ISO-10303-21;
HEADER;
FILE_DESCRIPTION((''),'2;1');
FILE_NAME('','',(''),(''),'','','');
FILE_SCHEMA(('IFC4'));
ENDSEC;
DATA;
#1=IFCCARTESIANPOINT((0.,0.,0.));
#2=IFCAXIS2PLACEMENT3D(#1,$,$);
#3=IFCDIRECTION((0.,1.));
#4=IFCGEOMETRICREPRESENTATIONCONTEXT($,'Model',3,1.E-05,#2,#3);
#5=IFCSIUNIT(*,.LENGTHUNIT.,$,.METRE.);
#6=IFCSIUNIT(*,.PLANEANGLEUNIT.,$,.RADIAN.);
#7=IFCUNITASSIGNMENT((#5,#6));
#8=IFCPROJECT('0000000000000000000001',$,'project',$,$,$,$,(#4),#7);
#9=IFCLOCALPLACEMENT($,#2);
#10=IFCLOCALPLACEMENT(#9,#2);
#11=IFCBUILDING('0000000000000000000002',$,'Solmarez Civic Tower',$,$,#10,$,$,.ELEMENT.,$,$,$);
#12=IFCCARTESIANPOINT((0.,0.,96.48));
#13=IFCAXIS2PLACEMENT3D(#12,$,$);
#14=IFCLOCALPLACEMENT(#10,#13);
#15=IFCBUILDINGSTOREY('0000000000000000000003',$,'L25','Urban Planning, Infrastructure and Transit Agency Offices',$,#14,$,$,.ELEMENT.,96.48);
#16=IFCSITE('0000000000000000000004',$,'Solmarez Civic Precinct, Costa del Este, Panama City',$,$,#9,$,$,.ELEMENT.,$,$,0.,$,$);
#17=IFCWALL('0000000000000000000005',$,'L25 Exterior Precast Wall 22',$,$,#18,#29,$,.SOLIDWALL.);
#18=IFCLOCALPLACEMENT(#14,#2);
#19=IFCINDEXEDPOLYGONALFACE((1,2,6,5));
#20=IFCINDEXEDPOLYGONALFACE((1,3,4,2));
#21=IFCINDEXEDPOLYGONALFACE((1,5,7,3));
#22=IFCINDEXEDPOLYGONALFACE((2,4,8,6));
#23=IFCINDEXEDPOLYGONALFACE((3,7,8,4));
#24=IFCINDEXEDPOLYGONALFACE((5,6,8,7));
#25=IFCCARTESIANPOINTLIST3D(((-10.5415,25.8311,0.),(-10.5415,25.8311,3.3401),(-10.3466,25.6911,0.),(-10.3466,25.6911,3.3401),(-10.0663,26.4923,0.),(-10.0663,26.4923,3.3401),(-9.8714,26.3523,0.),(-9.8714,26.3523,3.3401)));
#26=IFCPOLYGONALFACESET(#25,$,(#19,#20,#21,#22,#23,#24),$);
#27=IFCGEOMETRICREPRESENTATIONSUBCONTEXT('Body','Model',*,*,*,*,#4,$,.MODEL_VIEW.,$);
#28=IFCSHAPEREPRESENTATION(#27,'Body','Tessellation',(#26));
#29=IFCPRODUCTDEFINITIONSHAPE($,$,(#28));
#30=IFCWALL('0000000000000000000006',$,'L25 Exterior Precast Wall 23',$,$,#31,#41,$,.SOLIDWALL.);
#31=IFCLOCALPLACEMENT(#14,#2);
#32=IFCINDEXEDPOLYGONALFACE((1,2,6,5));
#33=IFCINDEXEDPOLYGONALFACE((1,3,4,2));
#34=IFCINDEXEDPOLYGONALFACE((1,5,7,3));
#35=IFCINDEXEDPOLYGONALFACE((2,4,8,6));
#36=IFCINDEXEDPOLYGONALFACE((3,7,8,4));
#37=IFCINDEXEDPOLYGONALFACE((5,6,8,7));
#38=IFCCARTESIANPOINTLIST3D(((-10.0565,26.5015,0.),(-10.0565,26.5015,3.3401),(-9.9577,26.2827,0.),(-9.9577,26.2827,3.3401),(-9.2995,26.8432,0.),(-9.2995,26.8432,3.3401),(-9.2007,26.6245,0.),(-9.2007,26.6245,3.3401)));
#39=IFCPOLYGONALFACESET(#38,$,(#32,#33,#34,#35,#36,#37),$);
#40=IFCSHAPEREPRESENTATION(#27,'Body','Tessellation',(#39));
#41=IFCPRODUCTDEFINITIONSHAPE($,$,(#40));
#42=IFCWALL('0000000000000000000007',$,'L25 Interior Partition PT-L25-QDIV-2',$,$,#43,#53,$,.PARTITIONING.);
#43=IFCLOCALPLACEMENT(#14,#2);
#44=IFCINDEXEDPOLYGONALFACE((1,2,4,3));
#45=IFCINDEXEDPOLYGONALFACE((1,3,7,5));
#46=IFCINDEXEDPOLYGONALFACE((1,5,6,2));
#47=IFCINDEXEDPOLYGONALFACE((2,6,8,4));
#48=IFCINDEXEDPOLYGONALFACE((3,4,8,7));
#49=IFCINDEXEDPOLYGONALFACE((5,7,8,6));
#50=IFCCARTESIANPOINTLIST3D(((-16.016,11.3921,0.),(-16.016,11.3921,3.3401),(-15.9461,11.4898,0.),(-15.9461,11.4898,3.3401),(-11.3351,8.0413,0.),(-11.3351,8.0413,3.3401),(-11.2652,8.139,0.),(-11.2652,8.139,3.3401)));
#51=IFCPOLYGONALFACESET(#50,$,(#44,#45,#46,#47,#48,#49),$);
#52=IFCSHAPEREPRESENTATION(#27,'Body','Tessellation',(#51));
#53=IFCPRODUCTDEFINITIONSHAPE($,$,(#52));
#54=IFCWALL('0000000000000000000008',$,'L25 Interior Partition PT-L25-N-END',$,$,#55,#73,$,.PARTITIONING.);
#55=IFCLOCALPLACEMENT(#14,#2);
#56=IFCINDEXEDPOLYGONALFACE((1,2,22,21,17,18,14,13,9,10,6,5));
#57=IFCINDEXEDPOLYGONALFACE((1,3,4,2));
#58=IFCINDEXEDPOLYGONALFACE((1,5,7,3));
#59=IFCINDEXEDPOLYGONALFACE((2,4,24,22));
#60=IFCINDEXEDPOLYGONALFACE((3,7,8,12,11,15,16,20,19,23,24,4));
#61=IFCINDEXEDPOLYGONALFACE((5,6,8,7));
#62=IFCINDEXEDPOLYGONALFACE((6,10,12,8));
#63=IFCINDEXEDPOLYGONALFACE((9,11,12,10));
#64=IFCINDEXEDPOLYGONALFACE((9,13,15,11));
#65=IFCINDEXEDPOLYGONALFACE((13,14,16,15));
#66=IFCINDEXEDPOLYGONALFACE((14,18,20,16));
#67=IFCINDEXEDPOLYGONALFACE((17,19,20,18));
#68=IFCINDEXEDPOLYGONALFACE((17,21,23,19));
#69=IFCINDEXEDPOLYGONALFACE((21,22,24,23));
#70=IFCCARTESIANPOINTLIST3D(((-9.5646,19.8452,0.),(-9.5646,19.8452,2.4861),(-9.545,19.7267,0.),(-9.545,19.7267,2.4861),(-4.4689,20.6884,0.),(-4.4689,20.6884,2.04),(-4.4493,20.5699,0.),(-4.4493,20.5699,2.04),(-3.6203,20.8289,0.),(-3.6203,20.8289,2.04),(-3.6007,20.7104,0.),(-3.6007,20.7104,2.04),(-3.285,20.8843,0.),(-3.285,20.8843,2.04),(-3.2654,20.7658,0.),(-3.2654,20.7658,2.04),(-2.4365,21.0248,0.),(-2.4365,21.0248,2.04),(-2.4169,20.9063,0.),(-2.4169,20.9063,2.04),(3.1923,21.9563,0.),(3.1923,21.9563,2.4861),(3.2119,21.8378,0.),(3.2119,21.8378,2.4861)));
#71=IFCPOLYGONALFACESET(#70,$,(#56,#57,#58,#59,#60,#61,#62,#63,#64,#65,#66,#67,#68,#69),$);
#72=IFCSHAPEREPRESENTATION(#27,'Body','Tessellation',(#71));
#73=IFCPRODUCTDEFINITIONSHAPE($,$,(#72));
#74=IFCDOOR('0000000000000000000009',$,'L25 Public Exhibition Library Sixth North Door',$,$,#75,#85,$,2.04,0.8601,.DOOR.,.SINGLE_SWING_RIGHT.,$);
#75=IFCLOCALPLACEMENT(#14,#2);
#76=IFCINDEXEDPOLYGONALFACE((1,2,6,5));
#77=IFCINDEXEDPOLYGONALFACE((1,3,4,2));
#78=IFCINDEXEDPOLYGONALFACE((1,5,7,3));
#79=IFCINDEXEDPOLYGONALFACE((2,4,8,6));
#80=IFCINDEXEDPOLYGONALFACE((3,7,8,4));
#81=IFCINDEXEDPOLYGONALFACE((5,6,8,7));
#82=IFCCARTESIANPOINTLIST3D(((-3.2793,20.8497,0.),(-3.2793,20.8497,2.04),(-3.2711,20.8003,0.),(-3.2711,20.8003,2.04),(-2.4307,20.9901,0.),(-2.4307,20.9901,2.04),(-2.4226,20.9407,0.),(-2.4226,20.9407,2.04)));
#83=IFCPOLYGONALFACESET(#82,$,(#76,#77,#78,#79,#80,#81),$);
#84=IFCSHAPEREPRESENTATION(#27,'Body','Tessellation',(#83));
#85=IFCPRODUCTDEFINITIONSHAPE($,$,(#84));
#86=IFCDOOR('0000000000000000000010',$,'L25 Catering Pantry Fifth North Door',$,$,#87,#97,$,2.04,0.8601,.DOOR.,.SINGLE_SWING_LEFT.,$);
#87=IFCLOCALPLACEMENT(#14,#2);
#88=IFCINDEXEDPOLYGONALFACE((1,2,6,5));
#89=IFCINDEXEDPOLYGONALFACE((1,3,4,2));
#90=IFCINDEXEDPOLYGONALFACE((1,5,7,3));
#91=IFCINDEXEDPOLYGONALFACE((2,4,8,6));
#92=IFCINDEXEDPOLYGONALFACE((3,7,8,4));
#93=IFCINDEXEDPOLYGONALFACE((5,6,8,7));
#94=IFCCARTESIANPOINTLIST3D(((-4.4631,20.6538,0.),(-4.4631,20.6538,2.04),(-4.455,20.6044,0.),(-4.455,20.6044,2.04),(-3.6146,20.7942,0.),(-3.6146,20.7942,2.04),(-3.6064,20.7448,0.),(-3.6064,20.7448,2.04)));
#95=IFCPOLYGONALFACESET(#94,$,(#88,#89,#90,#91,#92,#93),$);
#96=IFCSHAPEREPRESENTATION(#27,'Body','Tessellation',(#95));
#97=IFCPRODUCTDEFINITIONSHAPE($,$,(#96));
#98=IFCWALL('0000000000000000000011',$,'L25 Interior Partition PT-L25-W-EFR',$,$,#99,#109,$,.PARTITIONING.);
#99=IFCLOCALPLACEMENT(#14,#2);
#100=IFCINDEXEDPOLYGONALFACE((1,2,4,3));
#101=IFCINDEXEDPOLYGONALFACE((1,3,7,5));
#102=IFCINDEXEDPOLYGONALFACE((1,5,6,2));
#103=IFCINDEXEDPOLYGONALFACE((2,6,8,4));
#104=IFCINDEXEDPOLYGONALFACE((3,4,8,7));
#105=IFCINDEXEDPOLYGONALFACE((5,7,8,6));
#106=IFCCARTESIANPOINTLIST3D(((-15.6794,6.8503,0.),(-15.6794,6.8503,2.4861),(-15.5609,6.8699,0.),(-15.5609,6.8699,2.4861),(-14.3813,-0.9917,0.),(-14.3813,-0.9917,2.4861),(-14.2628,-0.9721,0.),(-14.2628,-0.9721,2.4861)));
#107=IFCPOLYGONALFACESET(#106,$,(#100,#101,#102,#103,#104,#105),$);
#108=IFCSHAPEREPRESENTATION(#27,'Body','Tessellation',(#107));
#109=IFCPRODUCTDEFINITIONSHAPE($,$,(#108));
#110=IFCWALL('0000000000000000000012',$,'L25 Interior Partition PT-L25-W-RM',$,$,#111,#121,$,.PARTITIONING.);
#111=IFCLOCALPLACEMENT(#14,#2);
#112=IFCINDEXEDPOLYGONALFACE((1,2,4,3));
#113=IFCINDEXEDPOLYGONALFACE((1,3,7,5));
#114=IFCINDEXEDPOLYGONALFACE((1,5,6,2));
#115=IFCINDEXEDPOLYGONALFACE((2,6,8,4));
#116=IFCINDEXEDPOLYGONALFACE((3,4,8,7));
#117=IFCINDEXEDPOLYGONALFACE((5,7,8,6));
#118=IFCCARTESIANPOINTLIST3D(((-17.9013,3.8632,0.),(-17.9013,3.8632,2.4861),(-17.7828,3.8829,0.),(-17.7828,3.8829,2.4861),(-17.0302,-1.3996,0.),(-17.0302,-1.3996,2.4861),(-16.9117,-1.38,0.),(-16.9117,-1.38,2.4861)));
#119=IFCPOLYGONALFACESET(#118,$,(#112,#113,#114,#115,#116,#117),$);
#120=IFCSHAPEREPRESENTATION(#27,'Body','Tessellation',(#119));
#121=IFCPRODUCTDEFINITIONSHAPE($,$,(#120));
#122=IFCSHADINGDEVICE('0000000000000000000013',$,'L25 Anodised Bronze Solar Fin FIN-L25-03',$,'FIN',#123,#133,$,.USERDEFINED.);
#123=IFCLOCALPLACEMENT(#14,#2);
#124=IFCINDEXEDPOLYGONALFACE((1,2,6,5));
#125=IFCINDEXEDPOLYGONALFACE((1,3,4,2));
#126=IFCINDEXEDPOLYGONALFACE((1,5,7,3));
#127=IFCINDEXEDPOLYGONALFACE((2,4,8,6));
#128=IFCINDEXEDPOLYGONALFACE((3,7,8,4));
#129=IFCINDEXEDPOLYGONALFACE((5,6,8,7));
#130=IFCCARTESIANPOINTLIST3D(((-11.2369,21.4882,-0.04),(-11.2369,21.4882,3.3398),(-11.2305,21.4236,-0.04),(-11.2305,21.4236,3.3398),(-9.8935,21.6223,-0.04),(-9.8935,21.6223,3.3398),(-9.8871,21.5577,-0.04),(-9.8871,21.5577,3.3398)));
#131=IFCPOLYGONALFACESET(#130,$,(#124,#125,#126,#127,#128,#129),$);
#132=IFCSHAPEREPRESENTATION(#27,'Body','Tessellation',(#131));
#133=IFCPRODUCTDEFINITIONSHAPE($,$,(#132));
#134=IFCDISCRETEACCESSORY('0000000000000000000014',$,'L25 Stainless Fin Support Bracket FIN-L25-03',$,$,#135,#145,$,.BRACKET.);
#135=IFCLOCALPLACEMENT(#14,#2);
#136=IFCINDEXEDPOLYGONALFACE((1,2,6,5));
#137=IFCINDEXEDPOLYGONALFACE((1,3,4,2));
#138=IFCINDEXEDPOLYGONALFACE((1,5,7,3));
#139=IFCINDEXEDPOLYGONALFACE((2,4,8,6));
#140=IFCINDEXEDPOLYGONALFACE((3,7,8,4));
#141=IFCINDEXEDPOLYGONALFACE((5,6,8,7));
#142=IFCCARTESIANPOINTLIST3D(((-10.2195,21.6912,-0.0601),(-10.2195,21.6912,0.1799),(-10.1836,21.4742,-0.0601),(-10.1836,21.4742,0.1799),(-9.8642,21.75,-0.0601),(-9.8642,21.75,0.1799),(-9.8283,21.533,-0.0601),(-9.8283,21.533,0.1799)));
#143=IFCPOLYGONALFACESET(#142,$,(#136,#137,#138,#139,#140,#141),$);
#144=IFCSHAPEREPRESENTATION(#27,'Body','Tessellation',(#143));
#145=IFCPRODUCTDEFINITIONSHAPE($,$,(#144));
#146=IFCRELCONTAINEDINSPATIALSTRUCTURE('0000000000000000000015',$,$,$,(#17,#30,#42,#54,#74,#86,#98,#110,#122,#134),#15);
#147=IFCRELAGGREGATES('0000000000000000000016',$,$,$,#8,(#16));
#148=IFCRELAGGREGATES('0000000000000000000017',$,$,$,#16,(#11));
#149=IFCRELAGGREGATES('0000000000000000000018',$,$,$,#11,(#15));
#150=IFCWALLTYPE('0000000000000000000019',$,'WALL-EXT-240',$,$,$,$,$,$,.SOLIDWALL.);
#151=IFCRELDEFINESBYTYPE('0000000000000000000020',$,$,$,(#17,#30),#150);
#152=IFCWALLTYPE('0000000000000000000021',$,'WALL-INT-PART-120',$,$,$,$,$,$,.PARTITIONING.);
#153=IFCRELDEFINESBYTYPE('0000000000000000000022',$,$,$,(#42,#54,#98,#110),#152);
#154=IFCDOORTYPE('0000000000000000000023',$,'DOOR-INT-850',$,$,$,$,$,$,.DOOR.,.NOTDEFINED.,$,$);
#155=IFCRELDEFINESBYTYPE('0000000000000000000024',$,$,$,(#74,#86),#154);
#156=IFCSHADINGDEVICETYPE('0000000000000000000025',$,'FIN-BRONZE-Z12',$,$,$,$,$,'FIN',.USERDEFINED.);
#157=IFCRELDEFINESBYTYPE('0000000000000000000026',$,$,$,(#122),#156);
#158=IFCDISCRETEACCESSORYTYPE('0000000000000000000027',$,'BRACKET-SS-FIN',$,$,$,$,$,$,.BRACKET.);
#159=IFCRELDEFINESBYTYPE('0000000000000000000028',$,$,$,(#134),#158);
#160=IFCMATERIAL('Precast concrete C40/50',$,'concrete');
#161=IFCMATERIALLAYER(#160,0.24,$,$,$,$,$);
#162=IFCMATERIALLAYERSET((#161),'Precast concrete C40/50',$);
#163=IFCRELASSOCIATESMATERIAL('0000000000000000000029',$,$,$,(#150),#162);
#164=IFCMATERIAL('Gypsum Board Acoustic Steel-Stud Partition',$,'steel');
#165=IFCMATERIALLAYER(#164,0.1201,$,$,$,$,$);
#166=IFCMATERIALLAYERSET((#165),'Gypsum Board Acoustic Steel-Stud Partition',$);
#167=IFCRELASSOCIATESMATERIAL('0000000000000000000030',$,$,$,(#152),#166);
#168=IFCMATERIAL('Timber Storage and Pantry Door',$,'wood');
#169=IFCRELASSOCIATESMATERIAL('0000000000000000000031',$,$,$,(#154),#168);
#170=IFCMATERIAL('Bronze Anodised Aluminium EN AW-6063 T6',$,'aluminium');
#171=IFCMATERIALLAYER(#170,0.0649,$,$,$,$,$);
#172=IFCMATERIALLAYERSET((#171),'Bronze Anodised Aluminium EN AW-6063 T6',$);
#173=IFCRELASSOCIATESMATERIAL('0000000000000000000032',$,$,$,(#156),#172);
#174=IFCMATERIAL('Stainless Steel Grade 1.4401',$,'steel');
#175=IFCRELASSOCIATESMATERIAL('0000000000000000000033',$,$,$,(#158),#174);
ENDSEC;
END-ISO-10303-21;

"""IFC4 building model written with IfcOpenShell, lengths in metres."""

from ifc_helpers import new_model, si_unit, direction, frame, frame_2d, origin, origin_2d, place, context, subcontext, project, spatial, rectangle, extrude, material, layer, layer_set, type_object, element, fill, save


model = new_model("IFC4")

# Units and contexts
model_context = context("Model", 3, precision=1e-05, world=origin(), true_north=direction((0.0, 1.0)))
body_context = subcontext(model_context, "Body", "Model", "MODEL_VIEW")
ifc_project = project(units=[si_unit("LENGTHUNIT", "METRE"), si_unit("PLANEANGLEUNIT", "RADIAN")], contexts=[model_context])

# Site, building, storey
site_placement = place(None, origin())
site = spatial("IfcSite", under=ifc_project, at=site_placement, Name="Solmarez Civic Precinct, Costa del Este, Panama City", CompositionType="ELEMENT", RefElevation=0.0)
building_placement = place(site_placement, origin())
building = spatial("IfcBuilding", under=site, at=building_placement, Name="Solmarez Civic Tower", CompositionType="ELEMENT")
storey_placement = place(building_placement, frame((0.0, 0.0, 96.48)))
storey = spatial("IfcBuildingStorey", under=building, at=storey_placement, Name="L25", Description="Urban Planning, Infrastructure and Transit Agency Offices", CompositionType="ELEMENT", Elevation=96.48)

# Shared definitions
ifc_material_1 = material(Name="Bronze Anodised Aluminium EN AW-6063 T6", Category="aluminium")

# Walls
ifc_material_2 = material(Name="Precast concrete C40/50", Category="concrete")
ifc_layer_1 = layer(ifc_material_2, 0.24)
ifc_layer_set_1 = layer_set([ifc_layer_1], Name="Precast concrete C40/50")
wall_type_1 = type_object("IfcWallType", Name="WALL-EXT-240", PredefinedType="SOLIDWALL", material=ifc_layer_set_1)
wall_1_placement = place(storey_placement, frame((-10.4441, 25.761, 0.0), z_axis=(0.0, 0.0, 1.0), x_axis=(0.583562, 0.812069, 0.0)))
element("IfcWall", 1, at=wall_1_placement, inside=storey, type_object=wall_type_1, Name="L25 Exterior Precast Wall 22", PredefinedType="SOLIDWALL", context=body_context, shape_type="SweptSolid", body=[
    extrude(rectangle(XDim=0.8142, YDim=0.24, at=frame_2d((0.4072, 0.0))), origin(), (0.0, 0.0, 1.0), 3.3401),
])
wall_2_placement = place(storey_placement, frame((-10.0071, 26.3921, 0.0), z_axis=(0.0, 0.0, 1.0), x_axis=(0.91142, 0.411476, 0.0)))
element("IfcWall", 2, at=wall_2_placement, inside=storey, type_object=wall_type_1, Name="L25 Exterior Precast Wall 23", PredefinedType="SOLIDWALL", context=body_context, shape_type="SweptSolid", body=[
    extrude(rectangle(XDim=0.8306, YDim=0.24, at=frame_2d((0.4153, 0.0))), origin(), (0.0, 0.0, 1.0), 3.3401),
])
ifc_material_3 = material(Name="Gypsum Board Acoustic Steel-Stud Partition", Category="steel")
ifc_layer_2 = layer(ifc_material_3, 0.1201)
ifc_layer_set_2 = layer_set([ifc_layer_2], Name="Gypsum Board Acoustic Steel-Stud Partition")
wall_type_2 = type_object("IfcWallType", Name="WALL-INT-PART-120", PredefinedType="PARTITIONING", material=ifc_layer_set_2)
wall_3_placement = place(storey_placement, frame((-11.3, 8.0901, 0.0), z_axis=(0.0, 0.0, 1.0), x_axis=(-0.813131, 0.58208, 0.0)))
element("IfcWall", 3, at=wall_3_placement, inside=storey, type_object=wall_type_2, Name="L25 Interior Partition PT-L25-QDIV-2", PredefinedType="PARTITIONING", context=body_context, shape_type="SweptSolid", body=[
    extrude(rectangle(XDim=5.7566, YDim=0.1201, at=frame_2d((2.8784, 0.0))), origin(), (0.0, 0.0, 1.0), 3.3401),
])

# Wall, openings, doors
wall_4_placement = place(storey_placement, frame((-9.5549, 19.7859, 0.0), z_axis=(0.0, 0.0, 1.0), x_axis=(0.986582, 0.163266, 0.0)))
wall_4 = element("IfcWall", 4, at=wall_4_placement, inside=storey, type_object=wall_type_2, Name="L25 Interior Partition PT-L25-N-END", PredefinedType="PARTITIONING", context=body_context, shape_type="SweptSolid", body=[
    extrude(rectangle(XDim=12.9304, YDim=0.1201, at=frame_2d((6.4653, 0.0))), origin(), (0.0, 0.0, 1.0), 2.4861),
])
opening_1_placement = place(wall_4_placement, frame((6.365, 0.0, 0.0)))
opening_1 = element("IfcOpeningElement", 5, at=opening_1_placement, cuts=wall_4, PredefinedType="OPENING", context=body_context, shape_type="SweptSolid", body=[
    extrude(rectangle(XDim=0.8601, YDim=2.04, at=frame_2d((0.4302, 1.02))), frame((0.0, 0.0701, 0.0), z_axis=(0.0, -1.0, 0.0), x_axis=(1.0, 0.0, 0.0)), (0.0, 0.0, 1.0), 0.1401),
])
opening_2_placement = place(wall_4_placement, frame((5.165, 0.0, 0.0)))
opening_2 = element("IfcOpeningElement", 6, at=opening_2_placement, cuts=wall_4, PredefinedType="OPENING", context=body_context, shape_type="SweptSolid", body=[
    extrude(rectangle(XDim=0.8601, YDim=2.04, at=frame_2d((0.4302, 1.02))), frame((0.0, 0.0701, 0.0), z_axis=(0.0, -1.0, 0.0), x_axis=(1.0, 0.0, 0.0)), (0.0, 0.0, 1.0), 0.1401),
])
ifc_material_4 = material(Name="Timber Storage and Pantry Door", Category="wood")
door_type = type_object("IfcDoorType", Name="DOOR-INT-850", OperationType="NOTDEFINED", PredefinedType="DOOR", material=ifc_material_4)
door_1_placement = place(opening_1_placement, origin())
door_1 = element("IfcDoor", 7, at=door_1_placement, inside=storey, type_object=door_type, Name="L25 Public Exhibition Library Sixth North Door", OperationType="SINGLE_SWING_RIGHT", OverallHeight=2.04, OverallWidth=0.8601, PredefinedType="DOOR", context=body_context, shape_type="SweptSolid", body=[
    extrude(rectangle(XDim=0.8601, YDim=2.04, at=frame_2d((0.4302, 1.02))), frame((0.0, 0.0249, 0.0), z_axis=(0.0, -1.0, 0.0), x_axis=(1.0, 0.0, 0.0)), (0.0, 0.0, 1.0), 0.05),
])
fill(opening_1, door_1)
door_2_placement = place(opening_2_placement, origin())
door_2 = element("IfcDoor", 8, at=door_2_placement, inside=storey, type_object=door_type, Name="L25 Catering Pantry Fifth North Door", OperationType="SINGLE_SWING_LEFT", OverallHeight=2.04, OverallWidth=0.8601, PredefinedType="DOOR", context=body_context, shape_type="SweptSolid", body=[
    extrude(rectangle(XDim=0.8601, YDim=2.04, at=frame_2d((0.4302, 1.02))), frame((0.0, 0.0249, 0.0), z_axis=(0.0, -1.0, 0.0), x_axis=(1.0, 0.0, 0.0)), (0.0, 0.0, 1.0), 0.05),
])
fill(opening_2, door_2)

# Walls
wall_5_placement = place(storey_placement, frame((-15.6201, 6.8601, 0.0), z_axis=(0.0, 0.0, 1.0), x_axis=(0.163308, -0.986575, 0.0)))
element("IfcWall", 9, at=wall_5_placement, inside=storey, type_object=wall_type_2, Name="L25 Interior Partition PT-L25-W-EFR", PredefinedType="PARTITIONING", context=body_context, shape_type="SweptSolid", body=[
    extrude(rectangle(XDim=7.9487, YDim=0.1201, at=frame_2d((3.9744, 0.0))), origin(), (0.0, 0.0, 1.0), 2.4861),
])
wall_6_placement = place(storey_placement, frame((-17.842, 3.873, 0.0), z_axis=(0.0, 0.0, 1.0), x_axis=(0.163293, -0.986578, 0.0)))
element("IfcWall", 10, at=wall_6_placement, inside=storey, type_object=wall_type_2, Name="L25 Interior Partition PT-L25-W-RM", PredefinedType="PARTITIONING", context=body_context, shape_type="SweptSolid", body=[
    extrude(rectangle(XDim=5.3345, YDim=0.1201, at=frame_2d((2.6672, 0.0))), origin(), (0.0, 0.0, 1.0), 2.4861),
])

# Shading device
ifc_layer_3 = layer(ifc_material_1, 0.0649)
ifc_layer_set_3 = layer_set([ifc_layer_3], Name="Bronze Anodised Aluminium EN AW-6063 T6")
shading_device_type = type_object("IfcShadingDeviceType", Name="FIN-BRONZE-Z12", ElementType="FIN", PredefinedType="USERDEFINED", material=ifc_layer_set_3)
shading_device_placement = place(storey_placement, frame((-10.562, 21.5229, -0.04), z_axis=(0.0, 0.0, 1.0), x_axis=(-0.995052, -0.099354, 0.0)))
element("IfcShadingDevice", 11, at=shading_device_placement, inside=storey, type_object=shading_device_type, Name="L25 Anodised Bronze Solar Fin FIN-L25-03", ObjectType="FIN", PredefinedType="USERDEFINED", context=body_context, shape_type="SweptSolid", body=[
    extrude(rectangle(XDim=1.3501, YDim=0.0649, at=origin_2d()), origin(), (0.0, 0.0, 1.0), 3.3799),
])

# Discrete accessory
ifc_material_5 = material(Name="Stainless Steel Grade 1.4401", Category="steel")
discrete_accessory_type = type_object("IfcDiscreteAccessoryType", Name="BRACKET-SS-FIN", PredefinedType="BRACKET", material=ifc_material_5)
discrete_accessory_placement = place(storey_placement, frame((-10.0239, 21.6121, -0.0601), z_axis=(0.0, 0.0, 1.0), x_axis=(-0.986579, -0.163287, 0.0)))
element("IfcDiscreteAccessory", 12, at=discrete_accessory_placement, inside=storey, type_object=discrete_accessory_type, Name="L25 Stainless Fin Support Bracket FIN-L25-03", PredefinedType="BRACKET", context=body_context, shape_type="SweptSolid", body=[
    extrude(rectangle(XDim=0.3601, YDim=0.22, at=origin_2d()), origin(), (0.0, 0.0, 1.0), 0.24),
])

save(model, "model.ifc")
